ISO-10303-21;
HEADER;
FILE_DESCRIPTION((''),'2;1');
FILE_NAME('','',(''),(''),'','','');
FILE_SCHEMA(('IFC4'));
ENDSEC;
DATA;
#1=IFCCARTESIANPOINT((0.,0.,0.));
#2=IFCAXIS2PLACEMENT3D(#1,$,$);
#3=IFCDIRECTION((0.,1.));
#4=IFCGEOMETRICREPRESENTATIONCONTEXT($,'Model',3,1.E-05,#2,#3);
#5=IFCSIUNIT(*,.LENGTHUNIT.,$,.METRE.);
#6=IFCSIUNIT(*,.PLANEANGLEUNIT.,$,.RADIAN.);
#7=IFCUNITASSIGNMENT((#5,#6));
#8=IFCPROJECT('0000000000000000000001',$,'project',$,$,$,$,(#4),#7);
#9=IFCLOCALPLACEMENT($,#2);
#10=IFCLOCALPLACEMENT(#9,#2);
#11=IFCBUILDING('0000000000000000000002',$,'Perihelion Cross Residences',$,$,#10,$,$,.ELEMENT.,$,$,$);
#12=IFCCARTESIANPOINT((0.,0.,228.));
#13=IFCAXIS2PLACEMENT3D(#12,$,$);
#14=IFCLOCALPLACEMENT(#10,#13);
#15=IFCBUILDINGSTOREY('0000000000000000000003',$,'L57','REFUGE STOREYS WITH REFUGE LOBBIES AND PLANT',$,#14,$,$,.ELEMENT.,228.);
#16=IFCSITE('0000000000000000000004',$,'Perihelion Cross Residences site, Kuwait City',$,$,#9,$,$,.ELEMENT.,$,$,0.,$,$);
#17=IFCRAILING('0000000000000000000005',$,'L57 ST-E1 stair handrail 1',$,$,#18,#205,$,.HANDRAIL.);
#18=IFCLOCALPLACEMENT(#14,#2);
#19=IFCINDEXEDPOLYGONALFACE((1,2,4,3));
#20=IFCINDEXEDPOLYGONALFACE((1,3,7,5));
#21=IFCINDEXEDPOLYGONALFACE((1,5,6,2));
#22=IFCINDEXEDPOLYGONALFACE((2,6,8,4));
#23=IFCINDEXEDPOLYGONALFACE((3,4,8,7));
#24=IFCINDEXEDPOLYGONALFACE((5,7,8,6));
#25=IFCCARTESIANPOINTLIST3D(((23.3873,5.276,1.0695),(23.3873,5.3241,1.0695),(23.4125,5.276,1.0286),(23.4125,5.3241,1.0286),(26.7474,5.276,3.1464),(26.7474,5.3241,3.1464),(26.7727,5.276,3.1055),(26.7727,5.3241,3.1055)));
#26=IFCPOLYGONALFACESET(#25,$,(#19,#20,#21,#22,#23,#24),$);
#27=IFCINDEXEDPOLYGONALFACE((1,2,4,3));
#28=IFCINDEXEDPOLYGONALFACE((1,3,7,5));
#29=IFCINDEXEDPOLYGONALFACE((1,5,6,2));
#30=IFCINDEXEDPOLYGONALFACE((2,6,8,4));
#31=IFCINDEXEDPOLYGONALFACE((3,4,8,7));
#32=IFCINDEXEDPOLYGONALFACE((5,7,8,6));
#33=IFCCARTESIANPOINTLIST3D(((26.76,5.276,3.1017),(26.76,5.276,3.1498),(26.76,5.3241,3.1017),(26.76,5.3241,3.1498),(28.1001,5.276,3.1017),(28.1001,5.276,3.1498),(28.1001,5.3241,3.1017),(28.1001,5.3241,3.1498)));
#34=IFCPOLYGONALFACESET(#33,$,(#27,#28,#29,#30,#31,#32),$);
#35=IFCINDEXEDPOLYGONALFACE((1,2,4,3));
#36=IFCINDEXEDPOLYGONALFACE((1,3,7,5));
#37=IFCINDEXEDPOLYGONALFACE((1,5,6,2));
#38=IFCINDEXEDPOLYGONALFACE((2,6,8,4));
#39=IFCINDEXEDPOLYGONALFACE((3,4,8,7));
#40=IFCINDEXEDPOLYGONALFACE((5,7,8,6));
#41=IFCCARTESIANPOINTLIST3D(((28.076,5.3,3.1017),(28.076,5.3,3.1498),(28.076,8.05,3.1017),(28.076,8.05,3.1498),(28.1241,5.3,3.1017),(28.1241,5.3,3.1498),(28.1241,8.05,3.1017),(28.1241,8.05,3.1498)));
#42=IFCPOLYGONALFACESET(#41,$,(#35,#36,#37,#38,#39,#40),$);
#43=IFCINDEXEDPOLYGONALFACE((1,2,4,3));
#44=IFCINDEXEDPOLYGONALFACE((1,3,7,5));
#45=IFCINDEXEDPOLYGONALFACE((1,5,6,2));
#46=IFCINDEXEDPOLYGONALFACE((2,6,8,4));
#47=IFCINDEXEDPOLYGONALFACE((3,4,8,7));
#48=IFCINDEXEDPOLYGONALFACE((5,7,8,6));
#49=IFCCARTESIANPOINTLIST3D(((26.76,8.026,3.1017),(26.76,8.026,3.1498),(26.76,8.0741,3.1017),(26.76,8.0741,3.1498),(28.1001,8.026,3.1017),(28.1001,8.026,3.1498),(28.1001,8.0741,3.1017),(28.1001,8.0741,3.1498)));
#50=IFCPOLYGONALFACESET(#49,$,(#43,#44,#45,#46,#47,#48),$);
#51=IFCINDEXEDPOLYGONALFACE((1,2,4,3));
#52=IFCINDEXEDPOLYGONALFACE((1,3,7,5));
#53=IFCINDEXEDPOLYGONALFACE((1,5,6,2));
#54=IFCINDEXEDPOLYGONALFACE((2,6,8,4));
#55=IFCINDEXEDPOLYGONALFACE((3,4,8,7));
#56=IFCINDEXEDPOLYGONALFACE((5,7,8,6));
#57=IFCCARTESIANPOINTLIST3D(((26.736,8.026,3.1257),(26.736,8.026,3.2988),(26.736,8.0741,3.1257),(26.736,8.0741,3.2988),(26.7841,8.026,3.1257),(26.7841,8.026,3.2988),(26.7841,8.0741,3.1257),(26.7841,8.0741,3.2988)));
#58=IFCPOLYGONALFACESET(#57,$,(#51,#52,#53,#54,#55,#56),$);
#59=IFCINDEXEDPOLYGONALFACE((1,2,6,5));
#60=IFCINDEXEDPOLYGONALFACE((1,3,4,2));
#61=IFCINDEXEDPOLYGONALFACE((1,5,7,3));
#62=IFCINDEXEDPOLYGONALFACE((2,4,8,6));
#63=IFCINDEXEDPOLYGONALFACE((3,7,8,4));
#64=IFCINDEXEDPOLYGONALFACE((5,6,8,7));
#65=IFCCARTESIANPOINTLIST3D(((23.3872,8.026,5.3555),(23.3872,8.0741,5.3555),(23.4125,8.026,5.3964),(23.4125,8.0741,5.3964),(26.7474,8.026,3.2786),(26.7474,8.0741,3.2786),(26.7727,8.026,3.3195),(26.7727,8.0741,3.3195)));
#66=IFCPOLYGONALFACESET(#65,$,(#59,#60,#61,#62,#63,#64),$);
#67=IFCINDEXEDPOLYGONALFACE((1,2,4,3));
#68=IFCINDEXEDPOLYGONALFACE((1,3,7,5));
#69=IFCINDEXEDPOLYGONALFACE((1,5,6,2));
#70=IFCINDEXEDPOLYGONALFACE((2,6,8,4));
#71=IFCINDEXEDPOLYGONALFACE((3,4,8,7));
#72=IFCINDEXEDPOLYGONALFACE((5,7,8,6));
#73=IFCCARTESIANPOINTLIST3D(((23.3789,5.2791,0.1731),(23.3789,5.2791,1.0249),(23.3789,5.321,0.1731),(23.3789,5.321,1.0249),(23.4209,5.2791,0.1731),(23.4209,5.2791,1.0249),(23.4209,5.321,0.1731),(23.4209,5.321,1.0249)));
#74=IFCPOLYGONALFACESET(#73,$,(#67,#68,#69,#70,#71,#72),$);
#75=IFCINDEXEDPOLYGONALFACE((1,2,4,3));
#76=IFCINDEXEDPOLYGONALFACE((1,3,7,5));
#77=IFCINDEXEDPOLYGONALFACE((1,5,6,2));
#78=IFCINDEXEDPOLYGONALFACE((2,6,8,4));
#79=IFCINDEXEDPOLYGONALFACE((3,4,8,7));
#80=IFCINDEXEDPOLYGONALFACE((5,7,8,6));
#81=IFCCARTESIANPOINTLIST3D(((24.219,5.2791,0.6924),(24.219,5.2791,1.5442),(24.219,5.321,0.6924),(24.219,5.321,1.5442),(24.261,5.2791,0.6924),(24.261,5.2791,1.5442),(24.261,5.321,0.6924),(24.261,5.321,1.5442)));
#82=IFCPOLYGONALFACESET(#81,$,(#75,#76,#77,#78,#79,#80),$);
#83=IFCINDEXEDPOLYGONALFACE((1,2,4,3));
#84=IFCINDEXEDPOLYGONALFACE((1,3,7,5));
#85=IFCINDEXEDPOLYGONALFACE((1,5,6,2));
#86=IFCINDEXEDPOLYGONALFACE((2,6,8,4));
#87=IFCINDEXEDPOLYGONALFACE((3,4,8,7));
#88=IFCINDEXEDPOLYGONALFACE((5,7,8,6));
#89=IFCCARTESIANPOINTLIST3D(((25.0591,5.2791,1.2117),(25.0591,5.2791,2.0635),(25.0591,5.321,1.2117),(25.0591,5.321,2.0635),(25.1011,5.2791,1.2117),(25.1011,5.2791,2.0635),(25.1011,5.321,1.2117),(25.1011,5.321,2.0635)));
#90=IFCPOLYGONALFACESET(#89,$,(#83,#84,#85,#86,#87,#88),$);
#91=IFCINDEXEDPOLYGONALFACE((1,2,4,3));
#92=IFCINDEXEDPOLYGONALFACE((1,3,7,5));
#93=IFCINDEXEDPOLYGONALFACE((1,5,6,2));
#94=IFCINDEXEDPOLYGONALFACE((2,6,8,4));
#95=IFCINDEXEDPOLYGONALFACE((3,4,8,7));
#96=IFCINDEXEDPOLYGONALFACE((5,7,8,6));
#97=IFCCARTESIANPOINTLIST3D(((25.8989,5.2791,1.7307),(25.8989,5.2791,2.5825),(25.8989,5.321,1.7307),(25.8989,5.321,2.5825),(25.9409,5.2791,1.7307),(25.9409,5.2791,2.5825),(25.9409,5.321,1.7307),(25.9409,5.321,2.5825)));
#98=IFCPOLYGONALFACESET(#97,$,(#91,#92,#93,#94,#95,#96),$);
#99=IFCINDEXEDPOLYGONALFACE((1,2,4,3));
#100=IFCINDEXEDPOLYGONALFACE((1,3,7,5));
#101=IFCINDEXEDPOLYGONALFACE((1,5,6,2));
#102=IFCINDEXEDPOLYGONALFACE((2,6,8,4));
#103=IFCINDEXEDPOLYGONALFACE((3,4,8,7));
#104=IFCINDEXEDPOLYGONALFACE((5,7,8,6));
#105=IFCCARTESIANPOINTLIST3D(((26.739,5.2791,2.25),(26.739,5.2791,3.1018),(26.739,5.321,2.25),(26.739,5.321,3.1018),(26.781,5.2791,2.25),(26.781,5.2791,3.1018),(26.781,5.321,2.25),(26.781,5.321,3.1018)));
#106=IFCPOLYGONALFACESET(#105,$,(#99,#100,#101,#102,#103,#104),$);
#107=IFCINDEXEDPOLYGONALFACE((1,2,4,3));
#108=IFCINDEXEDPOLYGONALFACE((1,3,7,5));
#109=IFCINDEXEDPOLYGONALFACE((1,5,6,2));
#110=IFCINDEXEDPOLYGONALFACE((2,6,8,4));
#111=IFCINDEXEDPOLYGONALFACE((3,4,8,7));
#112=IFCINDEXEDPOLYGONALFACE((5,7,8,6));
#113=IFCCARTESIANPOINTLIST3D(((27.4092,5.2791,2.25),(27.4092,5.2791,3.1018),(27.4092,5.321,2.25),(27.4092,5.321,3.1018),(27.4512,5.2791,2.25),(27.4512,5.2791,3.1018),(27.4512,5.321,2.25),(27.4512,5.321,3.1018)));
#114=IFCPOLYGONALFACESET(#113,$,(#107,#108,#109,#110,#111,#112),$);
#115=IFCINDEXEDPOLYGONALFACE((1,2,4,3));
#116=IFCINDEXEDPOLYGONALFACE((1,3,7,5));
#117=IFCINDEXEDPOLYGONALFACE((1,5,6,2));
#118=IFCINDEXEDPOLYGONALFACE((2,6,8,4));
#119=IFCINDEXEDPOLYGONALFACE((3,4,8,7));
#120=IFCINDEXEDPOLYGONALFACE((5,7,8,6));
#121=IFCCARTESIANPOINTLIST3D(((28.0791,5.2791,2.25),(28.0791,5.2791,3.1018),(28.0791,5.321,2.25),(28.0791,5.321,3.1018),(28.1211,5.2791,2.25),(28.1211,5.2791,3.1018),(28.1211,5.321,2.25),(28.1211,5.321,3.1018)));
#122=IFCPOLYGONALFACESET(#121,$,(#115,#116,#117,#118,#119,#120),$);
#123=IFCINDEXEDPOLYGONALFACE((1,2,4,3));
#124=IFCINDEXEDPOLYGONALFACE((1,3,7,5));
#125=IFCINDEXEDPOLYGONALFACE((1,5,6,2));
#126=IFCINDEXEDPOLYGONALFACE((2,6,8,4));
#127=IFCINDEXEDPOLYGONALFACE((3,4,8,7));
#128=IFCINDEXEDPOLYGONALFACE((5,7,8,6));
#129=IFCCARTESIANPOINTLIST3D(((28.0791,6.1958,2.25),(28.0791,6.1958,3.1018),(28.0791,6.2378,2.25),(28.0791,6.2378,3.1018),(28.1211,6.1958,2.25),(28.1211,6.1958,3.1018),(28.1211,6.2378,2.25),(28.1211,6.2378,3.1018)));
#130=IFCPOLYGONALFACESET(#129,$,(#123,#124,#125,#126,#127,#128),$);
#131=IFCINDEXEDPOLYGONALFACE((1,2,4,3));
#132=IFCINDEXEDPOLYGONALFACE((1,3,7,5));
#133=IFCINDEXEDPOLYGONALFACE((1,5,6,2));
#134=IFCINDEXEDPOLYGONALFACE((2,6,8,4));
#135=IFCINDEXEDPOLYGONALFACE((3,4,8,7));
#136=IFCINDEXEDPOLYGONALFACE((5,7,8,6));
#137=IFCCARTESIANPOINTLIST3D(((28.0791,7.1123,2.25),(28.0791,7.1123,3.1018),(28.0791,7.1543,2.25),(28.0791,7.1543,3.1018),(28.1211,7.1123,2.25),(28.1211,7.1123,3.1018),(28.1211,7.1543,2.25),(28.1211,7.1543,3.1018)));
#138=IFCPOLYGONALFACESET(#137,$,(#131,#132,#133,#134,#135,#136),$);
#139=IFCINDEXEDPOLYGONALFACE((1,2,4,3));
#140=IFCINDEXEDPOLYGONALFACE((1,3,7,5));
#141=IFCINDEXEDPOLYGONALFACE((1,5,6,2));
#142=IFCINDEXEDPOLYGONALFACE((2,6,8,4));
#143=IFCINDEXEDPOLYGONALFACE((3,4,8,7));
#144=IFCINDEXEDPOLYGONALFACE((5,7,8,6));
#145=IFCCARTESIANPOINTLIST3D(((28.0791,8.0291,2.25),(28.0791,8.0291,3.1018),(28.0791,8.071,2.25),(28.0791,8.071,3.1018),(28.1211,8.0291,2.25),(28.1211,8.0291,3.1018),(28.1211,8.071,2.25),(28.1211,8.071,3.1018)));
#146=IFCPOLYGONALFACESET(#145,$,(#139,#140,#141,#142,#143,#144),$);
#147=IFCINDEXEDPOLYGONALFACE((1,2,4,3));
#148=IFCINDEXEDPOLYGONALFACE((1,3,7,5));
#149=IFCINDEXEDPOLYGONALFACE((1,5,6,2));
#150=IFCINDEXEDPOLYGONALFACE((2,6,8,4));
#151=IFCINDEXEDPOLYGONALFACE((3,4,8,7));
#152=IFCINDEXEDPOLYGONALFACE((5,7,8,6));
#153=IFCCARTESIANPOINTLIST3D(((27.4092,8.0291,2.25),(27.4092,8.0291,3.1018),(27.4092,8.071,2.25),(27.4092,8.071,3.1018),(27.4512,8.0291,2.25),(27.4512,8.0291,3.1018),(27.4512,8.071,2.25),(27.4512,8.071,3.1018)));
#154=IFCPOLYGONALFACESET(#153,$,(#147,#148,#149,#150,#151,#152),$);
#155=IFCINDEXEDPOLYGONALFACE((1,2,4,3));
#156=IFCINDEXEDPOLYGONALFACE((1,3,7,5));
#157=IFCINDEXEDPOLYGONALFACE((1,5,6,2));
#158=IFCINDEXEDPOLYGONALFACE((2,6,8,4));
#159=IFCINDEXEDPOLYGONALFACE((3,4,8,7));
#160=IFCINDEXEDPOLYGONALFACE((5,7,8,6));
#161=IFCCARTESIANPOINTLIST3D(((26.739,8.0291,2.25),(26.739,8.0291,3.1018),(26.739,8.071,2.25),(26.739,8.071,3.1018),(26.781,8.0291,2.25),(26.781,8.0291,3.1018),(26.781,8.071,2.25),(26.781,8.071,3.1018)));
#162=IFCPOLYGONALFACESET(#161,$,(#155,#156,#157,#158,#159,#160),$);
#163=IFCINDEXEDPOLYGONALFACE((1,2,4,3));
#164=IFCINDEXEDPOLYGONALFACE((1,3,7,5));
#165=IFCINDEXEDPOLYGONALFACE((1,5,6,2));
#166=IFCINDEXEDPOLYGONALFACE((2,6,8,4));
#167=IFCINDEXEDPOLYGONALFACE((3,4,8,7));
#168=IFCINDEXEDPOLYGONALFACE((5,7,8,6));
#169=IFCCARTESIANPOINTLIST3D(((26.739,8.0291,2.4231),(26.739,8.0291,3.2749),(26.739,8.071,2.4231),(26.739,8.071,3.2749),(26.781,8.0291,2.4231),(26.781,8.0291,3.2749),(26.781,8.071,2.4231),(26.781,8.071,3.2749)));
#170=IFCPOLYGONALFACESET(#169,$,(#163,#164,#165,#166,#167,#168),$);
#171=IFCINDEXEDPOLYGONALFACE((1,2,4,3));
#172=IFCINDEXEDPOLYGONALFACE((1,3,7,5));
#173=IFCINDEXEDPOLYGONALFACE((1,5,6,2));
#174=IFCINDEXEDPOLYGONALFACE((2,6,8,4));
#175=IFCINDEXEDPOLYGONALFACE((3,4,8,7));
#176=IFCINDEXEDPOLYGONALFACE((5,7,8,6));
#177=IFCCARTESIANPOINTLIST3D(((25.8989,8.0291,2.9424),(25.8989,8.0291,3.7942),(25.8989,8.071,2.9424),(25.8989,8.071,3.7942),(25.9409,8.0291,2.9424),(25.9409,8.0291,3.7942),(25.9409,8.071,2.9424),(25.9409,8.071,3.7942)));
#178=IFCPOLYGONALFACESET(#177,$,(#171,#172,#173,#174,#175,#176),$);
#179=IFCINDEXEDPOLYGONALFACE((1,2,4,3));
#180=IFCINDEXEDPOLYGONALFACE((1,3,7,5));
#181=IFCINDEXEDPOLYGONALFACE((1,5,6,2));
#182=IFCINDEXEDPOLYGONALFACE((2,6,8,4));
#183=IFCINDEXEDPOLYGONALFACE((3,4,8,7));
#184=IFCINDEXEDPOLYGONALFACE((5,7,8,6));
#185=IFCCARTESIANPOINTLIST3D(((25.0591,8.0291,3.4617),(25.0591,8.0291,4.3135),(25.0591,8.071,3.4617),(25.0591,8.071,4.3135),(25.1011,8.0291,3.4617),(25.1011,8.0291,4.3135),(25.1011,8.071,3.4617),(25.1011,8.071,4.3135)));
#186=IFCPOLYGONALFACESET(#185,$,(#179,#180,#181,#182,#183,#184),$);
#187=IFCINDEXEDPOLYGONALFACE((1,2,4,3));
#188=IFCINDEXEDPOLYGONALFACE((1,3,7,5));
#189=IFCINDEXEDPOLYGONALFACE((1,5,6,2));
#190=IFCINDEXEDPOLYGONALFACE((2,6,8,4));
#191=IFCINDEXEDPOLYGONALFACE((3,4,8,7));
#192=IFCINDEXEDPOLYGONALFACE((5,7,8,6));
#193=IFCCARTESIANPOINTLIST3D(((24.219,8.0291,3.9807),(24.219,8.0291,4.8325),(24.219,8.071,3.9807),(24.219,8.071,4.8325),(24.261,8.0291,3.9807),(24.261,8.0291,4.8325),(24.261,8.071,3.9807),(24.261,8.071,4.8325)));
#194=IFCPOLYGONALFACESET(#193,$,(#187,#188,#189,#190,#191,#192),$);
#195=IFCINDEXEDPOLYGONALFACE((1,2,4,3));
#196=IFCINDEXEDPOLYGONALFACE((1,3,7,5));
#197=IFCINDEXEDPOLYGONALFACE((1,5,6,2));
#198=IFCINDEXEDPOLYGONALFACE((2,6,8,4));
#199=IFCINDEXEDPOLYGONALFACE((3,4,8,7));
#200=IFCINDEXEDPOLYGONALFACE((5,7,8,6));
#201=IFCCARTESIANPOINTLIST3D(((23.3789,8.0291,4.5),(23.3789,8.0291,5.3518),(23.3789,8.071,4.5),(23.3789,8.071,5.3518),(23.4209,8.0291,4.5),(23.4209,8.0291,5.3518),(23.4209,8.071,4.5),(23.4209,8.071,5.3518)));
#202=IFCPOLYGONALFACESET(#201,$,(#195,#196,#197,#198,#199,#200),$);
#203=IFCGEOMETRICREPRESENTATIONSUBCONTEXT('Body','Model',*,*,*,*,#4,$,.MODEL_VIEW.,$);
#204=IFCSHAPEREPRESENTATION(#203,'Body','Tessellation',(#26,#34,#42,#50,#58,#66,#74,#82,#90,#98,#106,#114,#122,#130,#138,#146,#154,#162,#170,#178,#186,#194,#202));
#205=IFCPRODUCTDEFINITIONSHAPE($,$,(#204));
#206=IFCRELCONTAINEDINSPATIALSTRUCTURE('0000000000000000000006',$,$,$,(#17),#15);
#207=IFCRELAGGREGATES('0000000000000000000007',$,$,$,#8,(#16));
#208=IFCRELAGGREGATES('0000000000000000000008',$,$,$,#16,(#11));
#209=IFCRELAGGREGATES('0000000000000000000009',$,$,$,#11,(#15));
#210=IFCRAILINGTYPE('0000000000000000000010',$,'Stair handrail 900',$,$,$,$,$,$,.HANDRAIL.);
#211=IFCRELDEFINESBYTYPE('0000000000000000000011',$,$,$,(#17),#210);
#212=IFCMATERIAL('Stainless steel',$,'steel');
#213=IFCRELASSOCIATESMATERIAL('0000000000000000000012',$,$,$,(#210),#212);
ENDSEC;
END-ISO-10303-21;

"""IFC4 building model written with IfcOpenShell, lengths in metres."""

from ifc_helpers import new_model, si_unit, direction, frame, origin, origin_2d, place, context, subcontext, project, spatial, rectangle, extrude, material, type_object, element, save


model = new_model("IFC4")

# Units and contexts
model_context = context("Model", 3, precision=1e-05, world=origin(), true_north=direction((0.0, 1.0)))
body_context = subcontext(model_context, "Body", "Model", "MODEL_VIEW")
ifc_project = project(units=[si_unit("LENGTHUNIT", "METRE"), si_unit("PLANEANGLEUNIT", "RADIAN")], contexts=[model_context])

# Site, building, storey
site_placement = place(None, origin())
site = spatial("IfcSite", under=ifc_project, at=site_placement, Name="Perihelion Cross Residences site, Kuwait City", CompositionType="ELEMENT", RefElevation=0.0)
building_placement = place(site_placement, origin())
building = spatial("IfcBuilding", under=site, at=building_placement, Name="Perihelion Cross Residences", CompositionType="ELEMENT")
storey_placement = place(building_placement, frame((0.0, 0.0, 228.0)))
storey = spatial("IfcBuildingStorey", under=building, at=storey_placement, Name="L57", Description="REFUGE STOREYS WITH REFUGE LOBBIES AND PLANT", CompositionType="ELEMENT", Elevation=228.0)

# Railing
ifc_material_1 = material(Name="Stainless steel", Category="steel")
railing_type_1 = type_object("IfcRailingType", Name="Stair handrail 900", PredefinedType="HANDRAIL", material=ifc_material_1)
railing_1_placement = place(storey_placement, frame((23.3999, 5.3, 0.1731)))
element("IfcRailing", 1, at=railing_1_placement, inside=storey, type_object=railing_type_1, Name="L57 ST-E1 stair handrail 1", PredefinedType="HANDRAIL", context=body_context, shape_type="SweptSolid", body=[
    extrude(rectangle(XDim=0.0481, YDim=0.0481, at=origin_2d()), frame((0.0, 0.0, 0.876), z_axis=(0.850623, 0.0, 0.525776), x_axis=(0.0, 1.0, 0.0)), (0.0, 0.0, 1.0), 3.9502),
    extrude(rectangle(XDim=0.0481, YDim=0.0481, at=origin_2d()), frame((3.3601, 0.0, 2.9526), z_axis=(1.0, 0.0, 0.0), x_axis=(0.0, 1.0, 0.0)), (0.0, 0.0, 1.0), 1.3401),
    extrude(rectangle(XDim=0.0481, YDim=0.0481, at=origin_2d()), frame((4.7002, 0.0, 2.9526), z_axis=(0.0, 1.0, 0.0), x_axis=(-1.0, 0.0, 0.0)), (0.0, 0.0, 1.0), 2.75),
    extrude(rectangle(XDim=0.0481, YDim=0.0481, at=origin_2d()), frame((4.7002, 2.75, 2.9526), z_axis=(-1.0, 0.0, 0.0), x_axis=(0.0, -1.0, 0.0)), (0.0, 0.0, 1.0), 1.3401),
    extrude(rectangle(XDim=0.0481, YDim=0.0481, at=origin_2d()), frame((3.3601, 2.75, 2.9526), z_axis=(0.0, 0.0, 1.0), x_axis=(1.0, 0.0, 0.0)), (0.0, 0.0, 1.0), 0.1731),
    extrude(rectangle(XDim=0.0481, YDim=0.0481, at=origin_2d()), frame((3.3601, 2.75, 3.126), z_axis=(-0.850623, 0.0, 0.525776), x_axis=(0.0, -1.0, 0.0)), (0.0, 0.0, 1.0), 3.9502),
    extrude(rectangle(XDim=0.042, YDim=0.042, at=origin_2d()), origin(), (0.0, 0.0, 1.0), 0.8518),
    extrude(rectangle(XDim=0.042, YDim=0.042, at=origin_2d()), frame((0.8401, 0.0, 0.5193)), (0.0, 0.0, 1.0), 0.8518),
    extrude(rectangle(XDim=0.042, YDim=0.042, at=origin_2d()), frame((1.6802, 0.0, 1.0386)), (0.0, 0.0, 1.0), 0.8518),
    extrude(rectangle(XDim=0.042, YDim=0.042, at=origin_2d()), frame((2.52, 0.0, 1.5576)), (0.0, 0.0, 1.0), 0.8518),
    extrude(rectangle(XDim=0.042, YDim=0.042, at=origin_2d()), frame((3.3601, 0.0, 2.0769)), (0.0, 0.0, 1.0), 0.8518),
    extrude(rectangle(XDim=0.042, YDim=0.042, at=origin_2d()), frame((4.0303, 0.0, 2.0769)), (0.0, 0.0, 1.0), 0.8518),
    extrude(rectangle(XDim=0.042, YDim=0.042, at=origin_2d()), frame((4.7002, 0.0, 2.0769)), (0.0, 0.0, 1.0), 0.8518),
    extrude(rectangle(XDim=0.042, YDim=0.042, at=origin_2d()), frame((4.7002, 0.9167, 2.0769)), (0.0, 0.0, 1.0), 0.8518),
    extrude(rectangle(XDim=0.042, YDim=0.042, at=origin_2d()), frame((4.7002, 1.8333, 2.0769)), (0.0, 0.0, 1.0), 0.8518),
    extrude(rectangle(XDim=0.042, YDim=0.042, at=origin_2d()), frame((4.7002, 2.75, 2.0769)), (0.0, 0.0, 1.0), 0.8518),
    extrude(rectangle(XDim=0.042, YDim=0.042, at=origin_2d()), frame((4.0303, 2.75, 2.0769)), (0.0, 0.0, 1.0), 0.8518),
    extrude(rectangle(XDim=0.042, YDim=0.042, at=origin_2d()), frame((3.3601, 2.75, 2.0769)), (0.0, 0.0, 1.0), 0.8518),
    extrude(rectangle(XDim=0.042, YDim=0.042, at=origin_2d()), frame((3.3601, 2.75, 2.25)), (0.0, 0.0, 1.0), 0.8518),
    extrude(rectangle(XDim=0.042, YDim=0.042, at=origin_2d()), frame((2.52, 2.75, 2.7693)), (0.0, 0.0, 1.0), 0.8518),
    extrude(rectangle(XDim=0.042, YDim=0.042, at=origin_2d()), frame((1.6802, 2.75, 3.2886)), (0.0, 0.0, 1.0), 0.8518),
    extrude(rectangle(XDim=0.042, YDim=0.042, at=origin_2d()), frame((0.8401, 2.75, 3.8076)), (0.0, 0.0, 1.0), 0.8518),
    extrude(rectangle(XDim=0.042, YDim=0.042, at=origin_2d()), frame((0.0, 2.75, 4.3269)), (0.0, 0.0, 1.0), 0.8518),
])

save(model, "model.ifc")
